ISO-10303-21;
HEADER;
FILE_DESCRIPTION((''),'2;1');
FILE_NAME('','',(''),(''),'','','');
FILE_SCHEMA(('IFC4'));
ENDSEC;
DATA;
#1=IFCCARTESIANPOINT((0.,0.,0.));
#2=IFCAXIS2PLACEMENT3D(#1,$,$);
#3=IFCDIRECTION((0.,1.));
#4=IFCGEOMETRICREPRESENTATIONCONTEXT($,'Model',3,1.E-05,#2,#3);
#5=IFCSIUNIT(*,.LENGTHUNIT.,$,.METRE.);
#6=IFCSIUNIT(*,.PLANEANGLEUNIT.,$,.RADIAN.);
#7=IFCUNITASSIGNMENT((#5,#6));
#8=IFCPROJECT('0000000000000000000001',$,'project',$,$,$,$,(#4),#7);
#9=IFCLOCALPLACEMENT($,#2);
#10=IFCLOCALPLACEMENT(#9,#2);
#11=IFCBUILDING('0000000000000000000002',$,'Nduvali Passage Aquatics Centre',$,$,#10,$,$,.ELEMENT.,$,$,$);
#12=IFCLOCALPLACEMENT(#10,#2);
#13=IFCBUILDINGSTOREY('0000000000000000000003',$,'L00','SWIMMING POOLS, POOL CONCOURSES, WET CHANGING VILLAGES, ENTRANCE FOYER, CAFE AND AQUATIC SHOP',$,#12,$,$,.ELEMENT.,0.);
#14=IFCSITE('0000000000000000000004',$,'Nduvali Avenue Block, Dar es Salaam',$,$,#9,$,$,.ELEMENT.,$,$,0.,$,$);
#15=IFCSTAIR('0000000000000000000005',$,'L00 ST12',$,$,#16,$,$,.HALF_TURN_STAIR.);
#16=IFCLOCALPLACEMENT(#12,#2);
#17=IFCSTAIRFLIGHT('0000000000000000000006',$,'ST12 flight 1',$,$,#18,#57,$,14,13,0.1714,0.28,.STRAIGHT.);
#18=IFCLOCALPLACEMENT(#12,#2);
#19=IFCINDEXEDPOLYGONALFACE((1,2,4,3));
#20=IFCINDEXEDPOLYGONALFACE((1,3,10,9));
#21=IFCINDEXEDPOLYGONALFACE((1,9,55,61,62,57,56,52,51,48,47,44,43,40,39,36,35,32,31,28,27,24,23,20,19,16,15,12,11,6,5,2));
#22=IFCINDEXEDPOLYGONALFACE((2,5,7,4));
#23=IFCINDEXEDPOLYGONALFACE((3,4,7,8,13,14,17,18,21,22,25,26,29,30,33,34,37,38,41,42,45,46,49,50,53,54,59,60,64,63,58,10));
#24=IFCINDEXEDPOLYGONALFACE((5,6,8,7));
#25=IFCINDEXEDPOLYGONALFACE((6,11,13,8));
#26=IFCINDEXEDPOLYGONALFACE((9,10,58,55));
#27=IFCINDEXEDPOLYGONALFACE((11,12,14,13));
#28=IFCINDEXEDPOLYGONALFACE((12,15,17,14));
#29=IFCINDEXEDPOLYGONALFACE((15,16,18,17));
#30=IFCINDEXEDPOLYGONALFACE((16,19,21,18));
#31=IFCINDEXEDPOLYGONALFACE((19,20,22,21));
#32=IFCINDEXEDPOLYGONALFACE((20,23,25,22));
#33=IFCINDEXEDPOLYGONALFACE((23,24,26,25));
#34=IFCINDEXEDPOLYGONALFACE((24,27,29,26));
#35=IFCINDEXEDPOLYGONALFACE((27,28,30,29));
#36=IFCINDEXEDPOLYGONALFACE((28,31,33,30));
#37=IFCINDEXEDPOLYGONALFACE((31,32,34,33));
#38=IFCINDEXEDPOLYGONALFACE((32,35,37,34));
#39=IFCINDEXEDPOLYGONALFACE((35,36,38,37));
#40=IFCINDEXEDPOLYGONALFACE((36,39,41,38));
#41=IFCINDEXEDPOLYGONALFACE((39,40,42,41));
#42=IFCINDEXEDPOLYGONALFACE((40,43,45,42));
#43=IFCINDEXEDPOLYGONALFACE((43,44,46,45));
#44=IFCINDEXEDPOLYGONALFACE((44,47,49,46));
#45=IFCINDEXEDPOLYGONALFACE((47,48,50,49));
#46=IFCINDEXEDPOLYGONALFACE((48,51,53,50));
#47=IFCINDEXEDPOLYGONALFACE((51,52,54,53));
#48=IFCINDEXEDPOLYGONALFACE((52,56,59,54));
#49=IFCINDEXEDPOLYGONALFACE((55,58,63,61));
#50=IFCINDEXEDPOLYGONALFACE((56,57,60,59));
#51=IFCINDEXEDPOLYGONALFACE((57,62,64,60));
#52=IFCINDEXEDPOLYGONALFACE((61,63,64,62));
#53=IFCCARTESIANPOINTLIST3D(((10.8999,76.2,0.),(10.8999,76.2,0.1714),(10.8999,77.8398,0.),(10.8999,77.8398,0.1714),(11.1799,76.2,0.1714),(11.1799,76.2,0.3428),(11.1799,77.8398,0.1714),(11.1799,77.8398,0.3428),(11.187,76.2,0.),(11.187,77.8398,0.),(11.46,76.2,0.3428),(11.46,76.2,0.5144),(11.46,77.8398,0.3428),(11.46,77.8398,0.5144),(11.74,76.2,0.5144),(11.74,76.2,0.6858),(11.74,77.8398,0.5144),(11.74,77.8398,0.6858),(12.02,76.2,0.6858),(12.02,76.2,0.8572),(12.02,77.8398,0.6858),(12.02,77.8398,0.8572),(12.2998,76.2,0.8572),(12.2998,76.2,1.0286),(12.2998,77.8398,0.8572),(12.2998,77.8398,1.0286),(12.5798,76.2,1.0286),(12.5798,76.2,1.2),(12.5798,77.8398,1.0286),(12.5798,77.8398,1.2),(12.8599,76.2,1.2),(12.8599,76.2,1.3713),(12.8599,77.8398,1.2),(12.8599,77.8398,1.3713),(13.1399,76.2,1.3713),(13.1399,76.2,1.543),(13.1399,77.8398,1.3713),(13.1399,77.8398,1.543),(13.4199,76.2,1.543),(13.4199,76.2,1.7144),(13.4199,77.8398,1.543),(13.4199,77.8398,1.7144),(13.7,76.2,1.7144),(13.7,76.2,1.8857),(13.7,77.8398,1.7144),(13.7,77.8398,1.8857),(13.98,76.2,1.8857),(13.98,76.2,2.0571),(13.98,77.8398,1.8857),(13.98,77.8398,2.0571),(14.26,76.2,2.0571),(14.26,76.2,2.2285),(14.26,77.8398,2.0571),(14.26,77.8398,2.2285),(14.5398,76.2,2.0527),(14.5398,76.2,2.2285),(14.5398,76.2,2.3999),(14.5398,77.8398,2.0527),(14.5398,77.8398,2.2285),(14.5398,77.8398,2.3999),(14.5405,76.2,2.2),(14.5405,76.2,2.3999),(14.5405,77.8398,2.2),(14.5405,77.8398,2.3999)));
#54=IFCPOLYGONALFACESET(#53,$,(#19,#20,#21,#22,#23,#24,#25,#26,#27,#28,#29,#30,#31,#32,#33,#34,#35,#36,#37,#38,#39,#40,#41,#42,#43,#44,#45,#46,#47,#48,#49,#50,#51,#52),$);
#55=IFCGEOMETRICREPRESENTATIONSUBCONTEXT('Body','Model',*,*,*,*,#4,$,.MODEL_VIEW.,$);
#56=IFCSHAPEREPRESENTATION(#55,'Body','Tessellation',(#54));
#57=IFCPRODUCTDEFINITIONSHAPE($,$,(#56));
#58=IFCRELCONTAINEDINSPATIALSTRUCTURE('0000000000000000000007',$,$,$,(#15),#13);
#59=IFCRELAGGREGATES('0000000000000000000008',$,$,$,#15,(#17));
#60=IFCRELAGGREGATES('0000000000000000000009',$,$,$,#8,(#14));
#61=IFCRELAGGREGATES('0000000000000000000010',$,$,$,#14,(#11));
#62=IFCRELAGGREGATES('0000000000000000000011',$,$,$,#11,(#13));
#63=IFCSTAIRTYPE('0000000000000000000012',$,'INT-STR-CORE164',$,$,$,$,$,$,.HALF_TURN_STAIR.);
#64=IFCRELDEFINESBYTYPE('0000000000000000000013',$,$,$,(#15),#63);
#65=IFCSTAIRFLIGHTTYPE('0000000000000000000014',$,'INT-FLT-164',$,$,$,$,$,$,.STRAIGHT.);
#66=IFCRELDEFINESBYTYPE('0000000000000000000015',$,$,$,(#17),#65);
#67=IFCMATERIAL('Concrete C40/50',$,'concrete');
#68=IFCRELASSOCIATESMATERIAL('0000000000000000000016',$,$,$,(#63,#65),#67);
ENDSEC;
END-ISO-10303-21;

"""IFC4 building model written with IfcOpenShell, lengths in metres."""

from ifc_helpers import new_model, si_unit, direction, frame, origin, place, context, subcontext, project, spatial, polyline, outline, extrude, material, type_object, element, aggregate, save


model = new_model("IFC4")

# Units and contexts
model_context = context("Model", 3, precision=1e-05, world=origin(), true_north=direction((0.0, 1.0)))
body_context = subcontext(model_context, "Body", "Model", "MODEL_VIEW")
ifc_project = project(units=[si_unit("LENGTHUNIT", "METRE"), si_unit("PLANEANGLEUNIT", "RADIAN")], contexts=[model_context])

# Site, building, storey
site_placement = place(None, origin())
site = spatial("IfcSite", under=ifc_project, at=site_placement, Name="Nduvali Avenue Block, Dar es Salaam", CompositionType="ELEMENT", RefElevation=0.0)
building_placement = place(site_placement, origin())
building = spatial("IfcBuilding", under=site, at=building_placement, Name="Nduvali Passage Aquatics Centre", CompositionType="ELEMENT")
storey_placement = place(building_placement, origin())
storey = spatial("IfcBuildingStorey", under=building, at=storey_placement, Name="L00", Description="SWIMMING POOLS, POOL CONCOURSES, WET CHANGING VILLAGES, ENTRANCE FOYER, CAFE AND AQUATIC SHOP", CompositionType="ELEMENT", Elevation=0.0)

# Shared definitions
ifc_material_1 = material(Name="Concrete C40/50", Category="concrete")

# Stair, stair flight
stair_type = type_object("IfcStairType", Name="INT-STR-CORE164", PredefinedType="HALF_TURN_STAIR", material=ifc_material_1)
stair_placement = place(storey_placement, origin())
stair = element("IfcStair", 1, at=stair_placement, inside=storey, type_object=stair_type, Name="L00 ST12", PredefinedType="HALF_TURN_STAIR")
stair_flight_type = type_object("IfcStairFlightType", Name="INT-FLT-164", PredefinedType="STRAIGHT", material=ifc_material_1)
stair_flight_placement = place(storey_placement, frame((10.8999, 77.02, 0.0), z_axis=(0.0, 0.0, 1.0), x_axis=(1.0, 0.0, 0.0)))
stair_flight = element("IfcStairFlight", 2, at=stair_flight_placement, type_object=stair_flight_type, Name="ST12 flight 1", NumberOfRisers=14, NumberOfTreads=13, PredefinedType="STRAIGHT", RiserHeight=0.1714, TreadLength=0.28, context=body_context, shape_type="SweptSolid", body=[
    extrude(outline(polyline([(0.0, 0.0), (0.0, 0.1714), (0.28, 0.1714), (0.28, 0.3428), (0.5601, 0.3428), (0.5601, 0.5144), (0.8401, 0.5144), (0.8401, 0.6858), (1.1201, 0.6858), (1.1201, 0.8572), (1.3999, 0.8572), (1.3999, 1.0286), (1.6799, 1.0286), (1.6799, 1.2), (1.96, 1.2), (1.96, 1.3713), (2.24, 1.3713), (2.24, 1.543), (2.52, 1.543), (2.52, 1.7144), (2.8, 1.7144), (2.8, 1.8857), (3.0801, 1.8857), (3.0801, 2.0571), (3.3601, 2.0571), (3.3601, 2.2285), (3.6399, 2.2285), (3.6399, 2.3999), (3.6406, 2.3999), (3.6406, 2.2), (3.6399, 2.0527), (0.2871, 0.0), (0.0, 0.0)])), frame((0.0, 0.8198, 0.0), z_axis=(0.0, -1.0, 0.0), x_axis=(1.0, 0.0, 0.0)), (0.0, 0.0, 1.0), 1.6399),
])
aggregate(stair, [stair_flight])

save(model, "model.ifc")
